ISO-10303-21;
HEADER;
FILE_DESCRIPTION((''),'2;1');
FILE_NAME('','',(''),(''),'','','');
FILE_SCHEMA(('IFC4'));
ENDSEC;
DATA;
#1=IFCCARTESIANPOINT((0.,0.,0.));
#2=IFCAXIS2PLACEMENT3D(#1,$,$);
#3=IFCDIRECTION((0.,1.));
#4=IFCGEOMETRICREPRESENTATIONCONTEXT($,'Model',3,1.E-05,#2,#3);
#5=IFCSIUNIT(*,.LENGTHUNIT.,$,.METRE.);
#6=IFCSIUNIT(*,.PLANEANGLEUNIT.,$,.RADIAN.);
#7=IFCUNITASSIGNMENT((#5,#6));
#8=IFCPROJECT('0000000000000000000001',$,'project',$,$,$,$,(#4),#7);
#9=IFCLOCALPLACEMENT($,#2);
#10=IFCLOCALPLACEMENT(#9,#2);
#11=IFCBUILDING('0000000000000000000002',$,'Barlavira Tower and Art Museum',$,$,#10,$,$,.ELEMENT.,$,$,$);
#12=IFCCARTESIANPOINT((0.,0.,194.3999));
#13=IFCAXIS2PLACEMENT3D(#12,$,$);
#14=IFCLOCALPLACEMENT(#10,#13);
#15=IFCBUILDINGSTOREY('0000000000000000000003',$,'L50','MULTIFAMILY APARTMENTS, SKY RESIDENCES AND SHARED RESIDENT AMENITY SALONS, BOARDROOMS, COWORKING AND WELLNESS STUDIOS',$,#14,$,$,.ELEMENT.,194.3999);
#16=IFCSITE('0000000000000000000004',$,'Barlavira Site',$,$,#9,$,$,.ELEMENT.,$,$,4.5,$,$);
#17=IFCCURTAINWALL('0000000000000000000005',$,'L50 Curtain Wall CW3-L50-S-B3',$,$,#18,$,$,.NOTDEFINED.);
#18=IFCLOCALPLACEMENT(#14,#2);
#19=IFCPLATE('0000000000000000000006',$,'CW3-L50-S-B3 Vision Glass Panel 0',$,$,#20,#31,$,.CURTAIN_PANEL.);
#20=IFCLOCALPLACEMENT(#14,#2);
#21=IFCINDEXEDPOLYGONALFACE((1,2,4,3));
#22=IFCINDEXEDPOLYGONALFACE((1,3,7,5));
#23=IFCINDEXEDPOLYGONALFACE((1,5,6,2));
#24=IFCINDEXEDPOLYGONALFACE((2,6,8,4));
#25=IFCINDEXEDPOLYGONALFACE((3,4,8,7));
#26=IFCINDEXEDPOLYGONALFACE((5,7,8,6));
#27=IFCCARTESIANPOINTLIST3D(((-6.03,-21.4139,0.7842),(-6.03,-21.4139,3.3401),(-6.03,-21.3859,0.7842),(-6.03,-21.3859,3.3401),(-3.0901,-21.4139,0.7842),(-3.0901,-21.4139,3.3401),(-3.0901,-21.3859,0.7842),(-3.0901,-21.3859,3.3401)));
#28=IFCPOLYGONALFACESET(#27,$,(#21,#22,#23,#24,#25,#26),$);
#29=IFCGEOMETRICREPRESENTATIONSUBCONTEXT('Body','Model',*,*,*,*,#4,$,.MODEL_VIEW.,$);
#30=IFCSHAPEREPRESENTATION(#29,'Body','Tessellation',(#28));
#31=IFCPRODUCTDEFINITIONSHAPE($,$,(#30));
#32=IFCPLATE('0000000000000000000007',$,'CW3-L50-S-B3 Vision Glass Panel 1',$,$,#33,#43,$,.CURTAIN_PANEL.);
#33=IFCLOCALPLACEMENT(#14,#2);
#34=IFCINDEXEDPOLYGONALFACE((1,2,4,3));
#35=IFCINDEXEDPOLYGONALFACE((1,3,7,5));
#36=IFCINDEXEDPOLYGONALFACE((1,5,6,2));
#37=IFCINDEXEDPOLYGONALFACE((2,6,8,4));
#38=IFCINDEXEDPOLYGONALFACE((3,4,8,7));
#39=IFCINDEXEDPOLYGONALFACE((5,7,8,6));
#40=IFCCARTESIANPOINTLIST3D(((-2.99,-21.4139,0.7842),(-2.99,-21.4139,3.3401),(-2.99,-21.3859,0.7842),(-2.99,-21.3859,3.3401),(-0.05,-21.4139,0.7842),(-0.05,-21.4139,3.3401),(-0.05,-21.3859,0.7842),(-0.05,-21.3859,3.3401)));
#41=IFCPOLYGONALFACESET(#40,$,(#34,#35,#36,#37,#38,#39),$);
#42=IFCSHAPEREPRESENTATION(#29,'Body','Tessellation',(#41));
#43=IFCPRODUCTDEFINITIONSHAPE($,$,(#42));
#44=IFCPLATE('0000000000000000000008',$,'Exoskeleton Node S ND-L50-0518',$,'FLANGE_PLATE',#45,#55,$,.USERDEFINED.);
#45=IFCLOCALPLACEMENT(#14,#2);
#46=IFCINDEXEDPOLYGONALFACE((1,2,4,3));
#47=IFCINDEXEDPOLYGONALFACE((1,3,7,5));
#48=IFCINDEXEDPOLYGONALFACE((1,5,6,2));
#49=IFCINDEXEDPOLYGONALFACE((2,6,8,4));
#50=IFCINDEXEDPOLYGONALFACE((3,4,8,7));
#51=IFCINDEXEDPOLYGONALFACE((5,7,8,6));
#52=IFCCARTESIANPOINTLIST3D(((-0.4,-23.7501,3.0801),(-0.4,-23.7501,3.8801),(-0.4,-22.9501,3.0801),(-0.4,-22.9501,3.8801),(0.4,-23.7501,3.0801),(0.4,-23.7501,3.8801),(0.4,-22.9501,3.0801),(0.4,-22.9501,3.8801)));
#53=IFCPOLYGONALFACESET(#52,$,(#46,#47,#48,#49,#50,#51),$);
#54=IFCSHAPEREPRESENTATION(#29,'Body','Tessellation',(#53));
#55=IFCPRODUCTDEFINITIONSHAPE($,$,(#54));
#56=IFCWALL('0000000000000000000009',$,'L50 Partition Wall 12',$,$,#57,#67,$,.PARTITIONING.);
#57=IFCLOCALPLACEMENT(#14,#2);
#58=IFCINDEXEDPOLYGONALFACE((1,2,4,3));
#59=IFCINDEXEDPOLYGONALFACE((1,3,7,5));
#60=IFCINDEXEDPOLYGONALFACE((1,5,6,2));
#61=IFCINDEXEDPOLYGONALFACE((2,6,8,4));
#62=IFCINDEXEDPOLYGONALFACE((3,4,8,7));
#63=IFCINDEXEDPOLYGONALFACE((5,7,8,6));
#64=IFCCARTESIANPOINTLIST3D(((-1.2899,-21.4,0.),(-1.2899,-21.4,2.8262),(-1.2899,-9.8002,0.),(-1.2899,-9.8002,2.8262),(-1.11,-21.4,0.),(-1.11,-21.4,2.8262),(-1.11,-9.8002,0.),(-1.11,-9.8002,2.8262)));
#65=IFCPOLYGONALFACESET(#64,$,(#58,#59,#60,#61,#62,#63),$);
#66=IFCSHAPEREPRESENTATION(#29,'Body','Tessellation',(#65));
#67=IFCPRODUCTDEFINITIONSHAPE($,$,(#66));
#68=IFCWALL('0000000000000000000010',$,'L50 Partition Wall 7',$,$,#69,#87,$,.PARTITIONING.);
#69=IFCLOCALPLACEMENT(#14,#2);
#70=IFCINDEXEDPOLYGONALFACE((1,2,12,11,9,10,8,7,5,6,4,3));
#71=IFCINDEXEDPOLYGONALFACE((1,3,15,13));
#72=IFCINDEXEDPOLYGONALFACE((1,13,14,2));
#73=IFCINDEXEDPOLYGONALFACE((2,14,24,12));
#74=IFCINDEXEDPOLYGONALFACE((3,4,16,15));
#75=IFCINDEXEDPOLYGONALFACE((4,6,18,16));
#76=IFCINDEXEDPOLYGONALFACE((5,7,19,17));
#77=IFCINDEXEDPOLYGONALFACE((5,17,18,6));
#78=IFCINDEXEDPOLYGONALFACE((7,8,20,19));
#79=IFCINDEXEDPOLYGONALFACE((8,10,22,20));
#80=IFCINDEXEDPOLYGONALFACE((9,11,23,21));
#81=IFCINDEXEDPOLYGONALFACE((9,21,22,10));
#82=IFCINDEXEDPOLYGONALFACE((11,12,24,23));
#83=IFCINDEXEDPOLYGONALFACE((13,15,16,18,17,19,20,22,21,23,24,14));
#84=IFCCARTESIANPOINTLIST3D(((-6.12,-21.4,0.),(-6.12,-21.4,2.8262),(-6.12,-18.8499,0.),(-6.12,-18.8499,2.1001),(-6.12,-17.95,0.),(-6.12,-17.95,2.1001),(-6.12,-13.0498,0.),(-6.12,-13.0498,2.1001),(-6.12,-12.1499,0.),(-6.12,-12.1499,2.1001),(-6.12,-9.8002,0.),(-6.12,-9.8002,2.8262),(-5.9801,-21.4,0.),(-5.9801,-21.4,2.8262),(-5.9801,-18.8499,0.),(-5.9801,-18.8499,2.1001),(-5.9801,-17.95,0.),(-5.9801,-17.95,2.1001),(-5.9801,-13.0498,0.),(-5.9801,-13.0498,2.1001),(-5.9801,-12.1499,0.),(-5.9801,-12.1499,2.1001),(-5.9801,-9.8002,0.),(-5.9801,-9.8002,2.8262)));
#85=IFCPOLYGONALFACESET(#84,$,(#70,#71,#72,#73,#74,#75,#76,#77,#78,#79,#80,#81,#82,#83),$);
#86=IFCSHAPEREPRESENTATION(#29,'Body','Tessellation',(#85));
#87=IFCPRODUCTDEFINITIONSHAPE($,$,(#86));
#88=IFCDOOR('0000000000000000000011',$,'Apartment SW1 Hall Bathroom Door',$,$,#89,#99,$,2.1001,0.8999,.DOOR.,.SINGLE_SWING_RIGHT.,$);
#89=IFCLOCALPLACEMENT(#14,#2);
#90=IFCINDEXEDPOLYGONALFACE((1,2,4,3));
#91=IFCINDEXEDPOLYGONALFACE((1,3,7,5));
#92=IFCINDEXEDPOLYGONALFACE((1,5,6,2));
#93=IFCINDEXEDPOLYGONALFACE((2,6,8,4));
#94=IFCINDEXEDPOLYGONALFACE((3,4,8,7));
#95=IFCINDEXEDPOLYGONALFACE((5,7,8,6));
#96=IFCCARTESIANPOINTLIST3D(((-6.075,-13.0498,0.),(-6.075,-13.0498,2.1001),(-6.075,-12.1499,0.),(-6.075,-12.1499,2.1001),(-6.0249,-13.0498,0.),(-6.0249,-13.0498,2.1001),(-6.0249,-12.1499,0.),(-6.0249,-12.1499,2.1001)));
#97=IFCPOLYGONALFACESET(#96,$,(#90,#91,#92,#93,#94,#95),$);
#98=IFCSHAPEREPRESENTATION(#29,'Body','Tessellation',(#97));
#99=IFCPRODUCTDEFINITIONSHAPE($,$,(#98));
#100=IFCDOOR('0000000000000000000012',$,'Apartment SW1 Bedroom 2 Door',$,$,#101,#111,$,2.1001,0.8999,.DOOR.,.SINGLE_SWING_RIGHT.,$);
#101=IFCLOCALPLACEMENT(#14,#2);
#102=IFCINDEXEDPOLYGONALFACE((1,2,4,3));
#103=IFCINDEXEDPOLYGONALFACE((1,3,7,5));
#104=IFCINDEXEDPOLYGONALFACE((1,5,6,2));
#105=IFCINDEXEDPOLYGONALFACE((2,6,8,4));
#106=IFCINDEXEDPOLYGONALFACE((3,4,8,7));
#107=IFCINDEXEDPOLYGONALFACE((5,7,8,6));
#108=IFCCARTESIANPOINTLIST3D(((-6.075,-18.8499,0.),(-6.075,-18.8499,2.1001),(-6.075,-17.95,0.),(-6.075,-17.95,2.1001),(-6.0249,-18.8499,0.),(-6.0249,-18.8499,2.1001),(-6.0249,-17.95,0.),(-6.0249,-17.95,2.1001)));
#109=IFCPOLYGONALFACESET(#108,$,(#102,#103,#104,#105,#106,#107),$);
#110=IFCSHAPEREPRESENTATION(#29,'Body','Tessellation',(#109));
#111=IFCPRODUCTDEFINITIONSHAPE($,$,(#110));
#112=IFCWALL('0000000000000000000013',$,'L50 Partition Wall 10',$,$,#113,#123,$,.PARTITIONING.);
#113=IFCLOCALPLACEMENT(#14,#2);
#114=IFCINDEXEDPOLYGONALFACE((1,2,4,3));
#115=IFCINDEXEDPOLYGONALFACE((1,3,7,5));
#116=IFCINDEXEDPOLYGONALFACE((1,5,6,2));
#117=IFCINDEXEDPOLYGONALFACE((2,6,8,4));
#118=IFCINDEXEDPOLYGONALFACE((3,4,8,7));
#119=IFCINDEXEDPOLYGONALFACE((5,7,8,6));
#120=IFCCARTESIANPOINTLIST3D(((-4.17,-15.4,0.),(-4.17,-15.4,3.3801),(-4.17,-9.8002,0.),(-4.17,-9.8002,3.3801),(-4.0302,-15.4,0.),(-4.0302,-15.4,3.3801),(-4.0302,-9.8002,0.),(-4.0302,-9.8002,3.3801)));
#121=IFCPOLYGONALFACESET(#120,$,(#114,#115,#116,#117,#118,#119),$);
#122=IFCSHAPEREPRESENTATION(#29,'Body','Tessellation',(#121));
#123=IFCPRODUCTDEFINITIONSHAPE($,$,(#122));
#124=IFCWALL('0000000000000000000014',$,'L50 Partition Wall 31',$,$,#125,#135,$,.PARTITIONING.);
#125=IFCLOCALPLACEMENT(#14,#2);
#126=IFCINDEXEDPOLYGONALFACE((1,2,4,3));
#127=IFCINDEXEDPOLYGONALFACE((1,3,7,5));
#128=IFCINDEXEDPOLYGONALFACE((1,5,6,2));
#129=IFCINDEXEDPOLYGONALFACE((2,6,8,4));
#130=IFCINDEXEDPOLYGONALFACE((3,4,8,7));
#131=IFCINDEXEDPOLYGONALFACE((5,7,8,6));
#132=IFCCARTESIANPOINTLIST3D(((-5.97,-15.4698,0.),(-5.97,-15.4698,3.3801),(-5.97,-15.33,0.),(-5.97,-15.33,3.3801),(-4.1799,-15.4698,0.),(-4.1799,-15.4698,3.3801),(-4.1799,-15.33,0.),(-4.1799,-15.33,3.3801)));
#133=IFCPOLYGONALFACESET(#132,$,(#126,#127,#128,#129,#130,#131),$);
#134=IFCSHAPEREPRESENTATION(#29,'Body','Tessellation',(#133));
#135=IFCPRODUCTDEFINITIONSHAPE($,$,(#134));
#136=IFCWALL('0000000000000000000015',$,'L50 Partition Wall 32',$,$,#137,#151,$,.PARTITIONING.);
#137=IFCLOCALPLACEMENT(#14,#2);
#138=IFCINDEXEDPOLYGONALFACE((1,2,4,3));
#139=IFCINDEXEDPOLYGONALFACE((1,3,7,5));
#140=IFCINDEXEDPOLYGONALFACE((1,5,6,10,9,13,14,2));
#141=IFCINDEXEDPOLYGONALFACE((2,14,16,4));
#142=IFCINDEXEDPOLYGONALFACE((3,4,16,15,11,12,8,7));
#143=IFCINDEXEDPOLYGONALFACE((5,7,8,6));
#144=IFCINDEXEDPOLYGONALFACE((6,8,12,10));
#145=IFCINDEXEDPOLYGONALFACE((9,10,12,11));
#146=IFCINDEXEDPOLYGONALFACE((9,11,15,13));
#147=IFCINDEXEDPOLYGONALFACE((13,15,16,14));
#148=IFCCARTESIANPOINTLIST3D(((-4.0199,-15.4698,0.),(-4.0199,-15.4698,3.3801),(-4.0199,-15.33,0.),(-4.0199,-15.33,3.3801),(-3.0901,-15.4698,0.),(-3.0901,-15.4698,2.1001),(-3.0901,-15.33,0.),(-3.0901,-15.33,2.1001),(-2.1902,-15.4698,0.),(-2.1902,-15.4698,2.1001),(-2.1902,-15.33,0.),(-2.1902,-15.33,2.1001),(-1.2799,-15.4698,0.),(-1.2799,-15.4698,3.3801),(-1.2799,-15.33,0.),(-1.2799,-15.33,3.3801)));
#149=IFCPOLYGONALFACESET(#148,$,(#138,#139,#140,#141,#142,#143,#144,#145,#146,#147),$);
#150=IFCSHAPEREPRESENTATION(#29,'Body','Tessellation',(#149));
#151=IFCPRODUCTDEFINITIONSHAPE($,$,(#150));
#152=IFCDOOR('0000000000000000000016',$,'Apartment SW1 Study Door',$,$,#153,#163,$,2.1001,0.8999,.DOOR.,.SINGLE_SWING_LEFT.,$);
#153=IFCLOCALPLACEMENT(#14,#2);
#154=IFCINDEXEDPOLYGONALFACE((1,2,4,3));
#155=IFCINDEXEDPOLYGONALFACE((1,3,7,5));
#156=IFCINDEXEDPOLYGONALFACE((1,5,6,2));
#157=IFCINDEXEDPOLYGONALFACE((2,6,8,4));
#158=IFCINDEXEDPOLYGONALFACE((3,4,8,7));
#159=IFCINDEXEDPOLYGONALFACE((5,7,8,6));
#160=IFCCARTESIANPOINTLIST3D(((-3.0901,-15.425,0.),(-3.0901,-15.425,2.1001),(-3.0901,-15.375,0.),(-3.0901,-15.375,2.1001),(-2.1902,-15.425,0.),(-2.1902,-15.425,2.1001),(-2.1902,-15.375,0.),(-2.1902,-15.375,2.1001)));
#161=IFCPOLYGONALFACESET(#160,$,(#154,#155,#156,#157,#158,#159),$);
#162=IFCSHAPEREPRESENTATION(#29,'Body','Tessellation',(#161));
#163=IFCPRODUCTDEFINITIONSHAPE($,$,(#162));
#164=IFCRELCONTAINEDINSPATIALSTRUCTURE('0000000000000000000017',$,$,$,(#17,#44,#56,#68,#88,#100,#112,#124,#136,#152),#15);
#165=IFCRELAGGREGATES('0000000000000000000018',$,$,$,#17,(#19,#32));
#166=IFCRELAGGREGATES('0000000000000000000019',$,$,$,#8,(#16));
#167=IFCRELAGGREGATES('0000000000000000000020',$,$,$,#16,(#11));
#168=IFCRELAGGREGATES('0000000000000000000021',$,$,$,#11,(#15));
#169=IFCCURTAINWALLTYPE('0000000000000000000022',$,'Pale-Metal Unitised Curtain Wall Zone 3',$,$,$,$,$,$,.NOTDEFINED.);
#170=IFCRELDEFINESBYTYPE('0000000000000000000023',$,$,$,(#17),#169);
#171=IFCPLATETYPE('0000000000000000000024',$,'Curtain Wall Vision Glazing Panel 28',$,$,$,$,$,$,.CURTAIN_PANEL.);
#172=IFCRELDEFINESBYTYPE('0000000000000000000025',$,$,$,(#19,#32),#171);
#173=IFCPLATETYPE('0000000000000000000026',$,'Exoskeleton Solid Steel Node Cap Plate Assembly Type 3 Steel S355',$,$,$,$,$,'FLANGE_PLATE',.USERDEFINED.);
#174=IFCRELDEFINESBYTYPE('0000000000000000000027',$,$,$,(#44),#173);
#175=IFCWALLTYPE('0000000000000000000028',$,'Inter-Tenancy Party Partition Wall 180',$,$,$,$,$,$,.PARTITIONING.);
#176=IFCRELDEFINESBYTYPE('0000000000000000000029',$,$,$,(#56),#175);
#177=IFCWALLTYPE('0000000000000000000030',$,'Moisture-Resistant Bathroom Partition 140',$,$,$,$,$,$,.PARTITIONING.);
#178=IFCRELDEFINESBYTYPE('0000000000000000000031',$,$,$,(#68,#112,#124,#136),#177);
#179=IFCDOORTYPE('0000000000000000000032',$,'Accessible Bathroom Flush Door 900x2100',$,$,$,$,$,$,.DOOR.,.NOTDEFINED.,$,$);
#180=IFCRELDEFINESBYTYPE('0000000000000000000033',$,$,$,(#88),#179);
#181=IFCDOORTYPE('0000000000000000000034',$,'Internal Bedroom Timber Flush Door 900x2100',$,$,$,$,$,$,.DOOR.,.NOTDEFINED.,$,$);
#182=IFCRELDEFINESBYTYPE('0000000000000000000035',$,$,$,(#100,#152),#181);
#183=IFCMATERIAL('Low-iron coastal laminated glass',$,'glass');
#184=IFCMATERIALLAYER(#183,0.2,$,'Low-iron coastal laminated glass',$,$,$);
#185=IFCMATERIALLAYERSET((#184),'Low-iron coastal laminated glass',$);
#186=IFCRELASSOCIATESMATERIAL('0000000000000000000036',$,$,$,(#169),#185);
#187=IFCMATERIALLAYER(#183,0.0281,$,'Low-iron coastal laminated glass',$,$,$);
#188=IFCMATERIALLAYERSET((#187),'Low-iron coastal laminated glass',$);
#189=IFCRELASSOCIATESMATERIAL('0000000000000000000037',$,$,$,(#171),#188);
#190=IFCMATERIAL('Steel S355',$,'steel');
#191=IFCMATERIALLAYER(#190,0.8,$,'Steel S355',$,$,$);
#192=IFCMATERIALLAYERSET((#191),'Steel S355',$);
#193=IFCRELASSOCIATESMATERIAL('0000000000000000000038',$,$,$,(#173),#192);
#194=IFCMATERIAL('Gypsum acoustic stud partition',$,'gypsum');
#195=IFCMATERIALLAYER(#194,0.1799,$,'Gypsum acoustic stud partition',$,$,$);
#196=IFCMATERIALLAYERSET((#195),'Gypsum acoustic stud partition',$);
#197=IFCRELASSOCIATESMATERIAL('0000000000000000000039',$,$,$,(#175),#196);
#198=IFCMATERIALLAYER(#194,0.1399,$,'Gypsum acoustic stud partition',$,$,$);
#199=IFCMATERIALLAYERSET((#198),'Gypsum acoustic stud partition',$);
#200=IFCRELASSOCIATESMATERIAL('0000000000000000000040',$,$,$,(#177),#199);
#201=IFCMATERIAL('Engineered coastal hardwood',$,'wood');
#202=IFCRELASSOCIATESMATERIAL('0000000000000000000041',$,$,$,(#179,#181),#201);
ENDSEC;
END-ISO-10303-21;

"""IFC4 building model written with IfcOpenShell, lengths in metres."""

from ifc_helpers import new_model, si_unit, direction, frame, frame_2d, origin, origin_2d, place, context, subcontext, project, spatial, rectangle, extrude, material, layer, layer_set, type_object, element, fill, aggregate, save


model = new_model("IFC4")

# Units and contexts
model_context = context("Model", 3, precision=1e-05, world=origin(), true_north=direction((0.0, 1.0)))
body_context = subcontext(model_context, "Body", "Model", "MODEL_VIEW")
ifc_project = project(units=[si_unit("LENGTHUNIT", "METRE"), si_unit("PLANEANGLEUNIT", "RADIAN")], contexts=[model_context])

# Site, building, storey
site_placement = place(None, origin())
site = spatial("IfcSite", under=ifc_project, at=site_placement, Name="Barlavira Site", CompositionType="ELEMENT", RefElevation=4.5)
building_placement = place(site_placement, origin())
building = spatial("IfcBuilding", under=site, at=building_placement, Name="Barlavira Tower and Art Museum", CompositionType="ELEMENT")
storey_placement = place(building_placement, frame((0.0, 0.0, 194.3999)))
storey = spatial("IfcBuildingStorey", under=building, at=storey_placement, Name="L50", Description="MULTIFAMILY APARTMENTS, SKY RESIDENCES AND SHARED RESIDENT AMENITY SALONS, BOARDROOMS, COWORKING AND WELLNESS STUDIOS", CompositionType="ELEMENT", Elevation=194.3999)

# Curtain wall
ifc_material_1 = material(Name="Low-iron coastal laminated glass", Category="glass")
ifc_layer_1 = layer(ifc_material_1, 0.2, Name="Low-iron coastal laminated glass")
ifc_layer_set_1 = layer_set([ifc_layer_1], Name="Low-iron coastal laminated glass")
curtain_wall_type = type_object("IfcCurtainWallType", Name="Pale-Metal Unitised Curtain Wall Zone 3", PredefinedType="NOTDEFINED", material=ifc_layer_set_1)
curtain_wall_placement = place(storey_placement, origin())
curtain_wall = element("IfcCurtainWall", 1, at=curtain_wall_placement, inside=storey, type_object=curtain_wall_type, Name="L50 Curtain Wall CW3-L50-S-B3", PredefinedType="NOTDEFINED")

# Shared definitions
ifc_material_2 = material(Name="Steel S355", Category="steel")

# Plates
ifc_layer_2 = layer(ifc_material_1, 0.0281, Name="Low-iron coastal laminated glass")
ifc_layer_set_2 = layer_set([ifc_layer_2], Name="Low-iron coastal laminated glass")
plate_type_1 = type_object("IfcPlateType", Name="Curtain Wall Vision Glazing Panel 28", PredefinedType="CURTAIN_PANEL", material=ifc_layer_set_2)
plate_1_placement = place(storey_placement, frame((-4.5601, -21.3999, 0.7842), z_axis=(0.0, 0.0, 1.0), x_axis=(1.0, 0.0, 0.0)))
plate_1 = element("IfcPlate", 2, at=plate_1_placement, type_object=plate_type_1, Name="CW3-L50-S-B3 Vision Glass Panel 0", PredefinedType="CURTAIN_PANEL", context=body_context, shape_type="SweptSolid", body=[
    extrude(rectangle(XDim=2.9399, YDim=0.0281, at=origin_2d()), origin(), (0.0, 0.0, 1.0), 2.5559),
])
plate_2_placement = place(storey_placement, frame((-1.52, -21.3999, 0.7842), z_axis=(0.0, 0.0, 1.0), x_axis=(1.0, 0.0, 0.0)))
plate_2 = element("IfcPlate", 3, at=plate_2_placement, type_object=plate_type_1, Name="CW3-L50-S-B3 Vision Glass Panel 1", PredefinedType="CURTAIN_PANEL", context=body_context, shape_type="SweptSolid", body=[
    extrude(rectangle(XDim=2.9399, YDim=0.0281, at=origin_2d()), origin(), (0.0, 0.0, 1.0), 2.5559),
])
aggregate(curtain_wall, [plate_1, plate_2])
ifc_layer_3 = layer(ifc_material_2, 0.8, Name="Steel S355")
ifc_layer_set_3 = layer_set([ifc_layer_3], Name="Steel S355")
plate_type_2 = type_object("IfcPlateType", Name="Exoskeleton Solid Steel Node Cap Plate Assembly Type 3 Steel S355", ElementType="FLANGE_PLATE", PredefinedType="USERDEFINED", material=ifc_layer_set_3)
plate_3_placement = place(storey_placement, frame((0.0, -23.3501, 3.0801), z_axis=(0.0, 0.0, 1.0), x_axis=(1.0, 0.0, 0.0)))
element("IfcPlate", 4, at=plate_3_placement, inside=storey, type_object=plate_type_2, Name="Exoskeleton Node S ND-L50-0518", ObjectType="FLANGE_PLATE", PredefinedType="USERDEFINED", context=body_context, shape_type="SweptSolid", body=[
    extrude(rectangle(XDim=0.8, YDim=0.8, at=origin_2d()), origin(), (0.0, 0.0, 1.0), 0.8),
])

# Wall
ifc_material_3 = material(Name="Gypsum acoustic stud partition", Category="gypsum")
ifc_layer_4 = layer(ifc_material_3, 0.1799, Name="Gypsum acoustic stud partition")
ifc_layer_set_4 = layer_set([ifc_layer_4], Name="Gypsum acoustic stud partition")
wall_type_1 = type_object("IfcWallType", Name="Inter-Tenancy Party Partition Wall 180", PredefinedType="PARTITIONING", material=ifc_layer_set_4)
wall_1_placement = place(storey_placement, frame((-1.2, -21.3999, 0.0), z_axis=(0.0, 0.0, 1.0), x_axis=(0.0, 1.0, 0.0)))
element("IfcWall", 5, at=wall_1_placement, inside=storey, type_object=wall_type_1, Name="L50 Partition Wall 12", PredefinedType="PARTITIONING", context=body_context, shape_type="SweptSolid", body=[
    extrude(rectangle(XDim=11.5999, YDim=0.1799, at=frame_2d((5.7998, 0.0))), origin(), (0.0, 0.0, 1.0), 2.8262),
])

# Wall, openings, doors
ifc_layer_5 = layer(ifc_material_3, 0.1399, Name="Gypsum acoustic stud partition")
ifc_layer_set_5 = layer_set([ifc_layer_5], Name="Gypsum acoustic stud partition")
wall_type_2 = type_object("IfcWallType", Name="Moisture-Resistant Bathroom Partition 140", PredefinedType="PARTITIONING", material=ifc_layer_set_5)
wall_2_placement = place(storey_placement, frame((-6.05, -21.3999, 0.0), z_axis=(0.0, 0.0, 1.0), x_axis=(0.0, 1.0, 0.0)))
wall_2 = element("IfcWall", 6, at=wall_2_placement, inside=storey, type_object=wall_type_2, Name="L50 Partition Wall 7", PredefinedType="PARTITIONING", context=body_context, shape_type="SweptSolid", body=[
    extrude(rectangle(XDim=11.5999, YDim=0.1399, at=frame_2d((5.7998, 0.0))), origin(), (0.0, 0.0, 1.0), 2.8262),
])
opening_1_placement = place(wall_2_placement, frame((8.3501, 0.0, 0.0)))
opening_1 = element("IfcOpeningElement", 7, at=opening_1_placement, cuts=wall_2, PredefinedType="OPENING", context=body_context, shape_type="SweptSolid", body=[
    extrude(rectangle(XDim=0.8999, YDim=2.1001, at=frame_2d((0.45, 1.05))), frame((0.0, 0.0801, 0.0), z_axis=(0.0, -1.0, 0.0), x_axis=(1.0, 0.0, 0.0)), (0.0, 0.0, 1.0), 0.1599),
])
opening_2_placement = place(wall_2_placement, frame((2.55, 0.0, 0.0)))
opening_2 = element("IfcOpeningElement", 8, at=opening_2_placement, cuts=wall_2, PredefinedType="OPENING", context=body_context, shape_type="SweptSolid", body=[
    extrude(rectangle(XDim=0.8999, YDim=2.1001, at=frame_2d((0.45, 1.05))), frame((0.0, 0.0801, 0.0), z_axis=(0.0, -1.0, 0.0), x_axis=(1.0, 0.0, 0.0)), (0.0, 0.0, 1.0), 0.1599),
])
ifc_material_4 = material(Name="Engineered coastal hardwood", Category="wood")
door_type_1 = type_object("IfcDoorType", Name="Accessible Bathroom Flush Door 900x2100", OperationType="NOTDEFINED", PredefinedType="DOOR", material=ifc_material_4)
door_1_placement = place(opening_1_placement, origin())
door_1 = element("IfcDoor", 9, at=door_1_placement, inside=storey, type_object=door_type_1, Name="Apartment SW1 Hall Bathroom Door", OperationType="SINGLE_SWING_RIGHT", OverallHeight=2.1001, OverallWidth=0.8999, PredefinedType="DOOR", context=body_context, shape_type="SweptSolid", body=[
    extrude(rectangle(XDim=0.8999, YDim=2.1001, at=frame_2d((0.45, 1.05))), frame((0.0, 0.0249, 0.0), z_axis=(0.0, -1.0, 0.0), x_axis=(1.0, 0.0, 0.0)), (0.0, 0.0, 1.0), 0.05),
])
fill(opening_1, door_1)
door_type_2 = type_object("IfcDoorType", Name="Internal Bedroom Timber Flush Door 900x2100", OperationType="NOTDEFINED", PredefinedType="DOOR", material=ifc_material_4)
door_2_placement = place(opening_2_placement, origin())
door_2 = element("IfcDoor", 10, at=door_2_placement, inside=storey, type_object=door_type_2, Name="Apartment SW1 Bedroom 2 Door", OperationType="SINGLE_SWING_RIGHT", OverallHeight=2.1001, OverallWidth=0.8999, PredefinedType="DOOR", context=body_context, shape_type="SweptSolid", body=[
    extrude(rectangle(XDim=0.8999, YDim=2.1001, at=frame_2d((0.45, 1.05))), frame((0.0, 0.0249, 0.0), z_axis=(0.0, -1.0, 0.0), x_axis=(1.0, 0.0, 0.0)), (0.0, 0.0, 1.0), 0.05),
])
fill(opening_2, door_2)

# Walls
wall_3_placement = place(storey_placement, frame((-4.1001, -15.3999, 0.0), z_axis=(0.0, 0.0, 1.0), x_axis=(0.0, 1.0, 0.0)))
element("IfcWall", 11, at=wall_3_placement, inside=storey, type_object=wall_type_2, Name="L50 Partition Wall 10", PredefinedType="PARTITIONING", context=body_context, shape_type="SweptSolid", body=[
    extrude(rectangle(XDim=5.5999, YDim=0.1399, at=frame_2d((2.7998, 0.0))), origin(), (0.0, 0.0, 1.0), 3.3801),
])
wall_4_placement = place(storey_placement, frame((-5.97, -15.3999, 0.0), z_axis=(0.0, 0.0, 1.0), x_axis=(1.0, 0.0, 0.0)))
element("IfcWall", 12, at=wall_4_placement, inside=storey, type_object=wall_type_2, Name="L50 Partition Wall 31", PredefinedType="PARTITIONING", context=body_context, shape_type="SweptSolid", body=[
    extrude(rectangle(XDim=1.79, YDim=0.1399, at=frame_2d((0.895, 0.0))), origin(), (0.0, 0.0, 1.0), 3.3801),
])

# Wall, opening, door
wall_5_placement = place(storey_placement, frame((-4.02, -15.3999, 0.0), z_axis=(0.0, 0.0, 1.0), x_axis=(1.0, 0.0, 0.0)))
wall_5 = element("IfcWall", 13, at=wall_5_placement, inside=storey, type_object=wall_type_2, Name="L50 Partition Wall 32", PredefinedType="PARTITIONING", context=body_context, shape_type="SweptSolid", body=[
    extrude(rectangle(XDim=2.74, YDim=0.1399, at=frame_2d((1.3701, 0.0))), origin(), (0.0, 0.0, 1.0), 3.3801),
])
opening_3_placement = place(wall_5_placement, frame((0.9299, 0.0, 0.0)))
opening_3 = element("IfcOpeningElement", 14, at=opening_3_placement, cuts=wall_5, PredefinedType="OPENING", context=body_context, shape_type="SweptSolid", body=[
    extrude(rectangle(XDim=0.8999, YDim=2.1001, at=frame_2d((0.45, 1.05))), frame((0.0, 0.0801, 0.0), z_axis=(0.0, -1.0, 0.0), x_axis=(1.0, 0.0, 0.0)), (0.0, 0.0, 1.0), 0.1599),
])
door_3_placement = place(opening_3_placement, origin())
door_3 = element("IfcDoor", 15, at=door_3_placement, inside=storey, type_object=door_type_2, Name="Apartment SW1 Study Door", OperationType="SINGLE_SWING_LEFT", OverallHeight=2.1001, OverallWidth=0.8999, PredefinedType="DOOR", context=body_context, shape_type="SweptSolid", body=[
    extrude(rectangle(XDim=0.8999, YDim=2.1001, at=frame_2d((0.45, 1.05))), frame((0.0, 0.0249, 0.0), z_axis=(0.0, -1.0, 0.0), x_axis=(1.0, 0.0, 0.0)), (0.0, 0.0, 1.0), 0.05),
])
fill(opening_3, door_3)

save(model, "model.ifc")
